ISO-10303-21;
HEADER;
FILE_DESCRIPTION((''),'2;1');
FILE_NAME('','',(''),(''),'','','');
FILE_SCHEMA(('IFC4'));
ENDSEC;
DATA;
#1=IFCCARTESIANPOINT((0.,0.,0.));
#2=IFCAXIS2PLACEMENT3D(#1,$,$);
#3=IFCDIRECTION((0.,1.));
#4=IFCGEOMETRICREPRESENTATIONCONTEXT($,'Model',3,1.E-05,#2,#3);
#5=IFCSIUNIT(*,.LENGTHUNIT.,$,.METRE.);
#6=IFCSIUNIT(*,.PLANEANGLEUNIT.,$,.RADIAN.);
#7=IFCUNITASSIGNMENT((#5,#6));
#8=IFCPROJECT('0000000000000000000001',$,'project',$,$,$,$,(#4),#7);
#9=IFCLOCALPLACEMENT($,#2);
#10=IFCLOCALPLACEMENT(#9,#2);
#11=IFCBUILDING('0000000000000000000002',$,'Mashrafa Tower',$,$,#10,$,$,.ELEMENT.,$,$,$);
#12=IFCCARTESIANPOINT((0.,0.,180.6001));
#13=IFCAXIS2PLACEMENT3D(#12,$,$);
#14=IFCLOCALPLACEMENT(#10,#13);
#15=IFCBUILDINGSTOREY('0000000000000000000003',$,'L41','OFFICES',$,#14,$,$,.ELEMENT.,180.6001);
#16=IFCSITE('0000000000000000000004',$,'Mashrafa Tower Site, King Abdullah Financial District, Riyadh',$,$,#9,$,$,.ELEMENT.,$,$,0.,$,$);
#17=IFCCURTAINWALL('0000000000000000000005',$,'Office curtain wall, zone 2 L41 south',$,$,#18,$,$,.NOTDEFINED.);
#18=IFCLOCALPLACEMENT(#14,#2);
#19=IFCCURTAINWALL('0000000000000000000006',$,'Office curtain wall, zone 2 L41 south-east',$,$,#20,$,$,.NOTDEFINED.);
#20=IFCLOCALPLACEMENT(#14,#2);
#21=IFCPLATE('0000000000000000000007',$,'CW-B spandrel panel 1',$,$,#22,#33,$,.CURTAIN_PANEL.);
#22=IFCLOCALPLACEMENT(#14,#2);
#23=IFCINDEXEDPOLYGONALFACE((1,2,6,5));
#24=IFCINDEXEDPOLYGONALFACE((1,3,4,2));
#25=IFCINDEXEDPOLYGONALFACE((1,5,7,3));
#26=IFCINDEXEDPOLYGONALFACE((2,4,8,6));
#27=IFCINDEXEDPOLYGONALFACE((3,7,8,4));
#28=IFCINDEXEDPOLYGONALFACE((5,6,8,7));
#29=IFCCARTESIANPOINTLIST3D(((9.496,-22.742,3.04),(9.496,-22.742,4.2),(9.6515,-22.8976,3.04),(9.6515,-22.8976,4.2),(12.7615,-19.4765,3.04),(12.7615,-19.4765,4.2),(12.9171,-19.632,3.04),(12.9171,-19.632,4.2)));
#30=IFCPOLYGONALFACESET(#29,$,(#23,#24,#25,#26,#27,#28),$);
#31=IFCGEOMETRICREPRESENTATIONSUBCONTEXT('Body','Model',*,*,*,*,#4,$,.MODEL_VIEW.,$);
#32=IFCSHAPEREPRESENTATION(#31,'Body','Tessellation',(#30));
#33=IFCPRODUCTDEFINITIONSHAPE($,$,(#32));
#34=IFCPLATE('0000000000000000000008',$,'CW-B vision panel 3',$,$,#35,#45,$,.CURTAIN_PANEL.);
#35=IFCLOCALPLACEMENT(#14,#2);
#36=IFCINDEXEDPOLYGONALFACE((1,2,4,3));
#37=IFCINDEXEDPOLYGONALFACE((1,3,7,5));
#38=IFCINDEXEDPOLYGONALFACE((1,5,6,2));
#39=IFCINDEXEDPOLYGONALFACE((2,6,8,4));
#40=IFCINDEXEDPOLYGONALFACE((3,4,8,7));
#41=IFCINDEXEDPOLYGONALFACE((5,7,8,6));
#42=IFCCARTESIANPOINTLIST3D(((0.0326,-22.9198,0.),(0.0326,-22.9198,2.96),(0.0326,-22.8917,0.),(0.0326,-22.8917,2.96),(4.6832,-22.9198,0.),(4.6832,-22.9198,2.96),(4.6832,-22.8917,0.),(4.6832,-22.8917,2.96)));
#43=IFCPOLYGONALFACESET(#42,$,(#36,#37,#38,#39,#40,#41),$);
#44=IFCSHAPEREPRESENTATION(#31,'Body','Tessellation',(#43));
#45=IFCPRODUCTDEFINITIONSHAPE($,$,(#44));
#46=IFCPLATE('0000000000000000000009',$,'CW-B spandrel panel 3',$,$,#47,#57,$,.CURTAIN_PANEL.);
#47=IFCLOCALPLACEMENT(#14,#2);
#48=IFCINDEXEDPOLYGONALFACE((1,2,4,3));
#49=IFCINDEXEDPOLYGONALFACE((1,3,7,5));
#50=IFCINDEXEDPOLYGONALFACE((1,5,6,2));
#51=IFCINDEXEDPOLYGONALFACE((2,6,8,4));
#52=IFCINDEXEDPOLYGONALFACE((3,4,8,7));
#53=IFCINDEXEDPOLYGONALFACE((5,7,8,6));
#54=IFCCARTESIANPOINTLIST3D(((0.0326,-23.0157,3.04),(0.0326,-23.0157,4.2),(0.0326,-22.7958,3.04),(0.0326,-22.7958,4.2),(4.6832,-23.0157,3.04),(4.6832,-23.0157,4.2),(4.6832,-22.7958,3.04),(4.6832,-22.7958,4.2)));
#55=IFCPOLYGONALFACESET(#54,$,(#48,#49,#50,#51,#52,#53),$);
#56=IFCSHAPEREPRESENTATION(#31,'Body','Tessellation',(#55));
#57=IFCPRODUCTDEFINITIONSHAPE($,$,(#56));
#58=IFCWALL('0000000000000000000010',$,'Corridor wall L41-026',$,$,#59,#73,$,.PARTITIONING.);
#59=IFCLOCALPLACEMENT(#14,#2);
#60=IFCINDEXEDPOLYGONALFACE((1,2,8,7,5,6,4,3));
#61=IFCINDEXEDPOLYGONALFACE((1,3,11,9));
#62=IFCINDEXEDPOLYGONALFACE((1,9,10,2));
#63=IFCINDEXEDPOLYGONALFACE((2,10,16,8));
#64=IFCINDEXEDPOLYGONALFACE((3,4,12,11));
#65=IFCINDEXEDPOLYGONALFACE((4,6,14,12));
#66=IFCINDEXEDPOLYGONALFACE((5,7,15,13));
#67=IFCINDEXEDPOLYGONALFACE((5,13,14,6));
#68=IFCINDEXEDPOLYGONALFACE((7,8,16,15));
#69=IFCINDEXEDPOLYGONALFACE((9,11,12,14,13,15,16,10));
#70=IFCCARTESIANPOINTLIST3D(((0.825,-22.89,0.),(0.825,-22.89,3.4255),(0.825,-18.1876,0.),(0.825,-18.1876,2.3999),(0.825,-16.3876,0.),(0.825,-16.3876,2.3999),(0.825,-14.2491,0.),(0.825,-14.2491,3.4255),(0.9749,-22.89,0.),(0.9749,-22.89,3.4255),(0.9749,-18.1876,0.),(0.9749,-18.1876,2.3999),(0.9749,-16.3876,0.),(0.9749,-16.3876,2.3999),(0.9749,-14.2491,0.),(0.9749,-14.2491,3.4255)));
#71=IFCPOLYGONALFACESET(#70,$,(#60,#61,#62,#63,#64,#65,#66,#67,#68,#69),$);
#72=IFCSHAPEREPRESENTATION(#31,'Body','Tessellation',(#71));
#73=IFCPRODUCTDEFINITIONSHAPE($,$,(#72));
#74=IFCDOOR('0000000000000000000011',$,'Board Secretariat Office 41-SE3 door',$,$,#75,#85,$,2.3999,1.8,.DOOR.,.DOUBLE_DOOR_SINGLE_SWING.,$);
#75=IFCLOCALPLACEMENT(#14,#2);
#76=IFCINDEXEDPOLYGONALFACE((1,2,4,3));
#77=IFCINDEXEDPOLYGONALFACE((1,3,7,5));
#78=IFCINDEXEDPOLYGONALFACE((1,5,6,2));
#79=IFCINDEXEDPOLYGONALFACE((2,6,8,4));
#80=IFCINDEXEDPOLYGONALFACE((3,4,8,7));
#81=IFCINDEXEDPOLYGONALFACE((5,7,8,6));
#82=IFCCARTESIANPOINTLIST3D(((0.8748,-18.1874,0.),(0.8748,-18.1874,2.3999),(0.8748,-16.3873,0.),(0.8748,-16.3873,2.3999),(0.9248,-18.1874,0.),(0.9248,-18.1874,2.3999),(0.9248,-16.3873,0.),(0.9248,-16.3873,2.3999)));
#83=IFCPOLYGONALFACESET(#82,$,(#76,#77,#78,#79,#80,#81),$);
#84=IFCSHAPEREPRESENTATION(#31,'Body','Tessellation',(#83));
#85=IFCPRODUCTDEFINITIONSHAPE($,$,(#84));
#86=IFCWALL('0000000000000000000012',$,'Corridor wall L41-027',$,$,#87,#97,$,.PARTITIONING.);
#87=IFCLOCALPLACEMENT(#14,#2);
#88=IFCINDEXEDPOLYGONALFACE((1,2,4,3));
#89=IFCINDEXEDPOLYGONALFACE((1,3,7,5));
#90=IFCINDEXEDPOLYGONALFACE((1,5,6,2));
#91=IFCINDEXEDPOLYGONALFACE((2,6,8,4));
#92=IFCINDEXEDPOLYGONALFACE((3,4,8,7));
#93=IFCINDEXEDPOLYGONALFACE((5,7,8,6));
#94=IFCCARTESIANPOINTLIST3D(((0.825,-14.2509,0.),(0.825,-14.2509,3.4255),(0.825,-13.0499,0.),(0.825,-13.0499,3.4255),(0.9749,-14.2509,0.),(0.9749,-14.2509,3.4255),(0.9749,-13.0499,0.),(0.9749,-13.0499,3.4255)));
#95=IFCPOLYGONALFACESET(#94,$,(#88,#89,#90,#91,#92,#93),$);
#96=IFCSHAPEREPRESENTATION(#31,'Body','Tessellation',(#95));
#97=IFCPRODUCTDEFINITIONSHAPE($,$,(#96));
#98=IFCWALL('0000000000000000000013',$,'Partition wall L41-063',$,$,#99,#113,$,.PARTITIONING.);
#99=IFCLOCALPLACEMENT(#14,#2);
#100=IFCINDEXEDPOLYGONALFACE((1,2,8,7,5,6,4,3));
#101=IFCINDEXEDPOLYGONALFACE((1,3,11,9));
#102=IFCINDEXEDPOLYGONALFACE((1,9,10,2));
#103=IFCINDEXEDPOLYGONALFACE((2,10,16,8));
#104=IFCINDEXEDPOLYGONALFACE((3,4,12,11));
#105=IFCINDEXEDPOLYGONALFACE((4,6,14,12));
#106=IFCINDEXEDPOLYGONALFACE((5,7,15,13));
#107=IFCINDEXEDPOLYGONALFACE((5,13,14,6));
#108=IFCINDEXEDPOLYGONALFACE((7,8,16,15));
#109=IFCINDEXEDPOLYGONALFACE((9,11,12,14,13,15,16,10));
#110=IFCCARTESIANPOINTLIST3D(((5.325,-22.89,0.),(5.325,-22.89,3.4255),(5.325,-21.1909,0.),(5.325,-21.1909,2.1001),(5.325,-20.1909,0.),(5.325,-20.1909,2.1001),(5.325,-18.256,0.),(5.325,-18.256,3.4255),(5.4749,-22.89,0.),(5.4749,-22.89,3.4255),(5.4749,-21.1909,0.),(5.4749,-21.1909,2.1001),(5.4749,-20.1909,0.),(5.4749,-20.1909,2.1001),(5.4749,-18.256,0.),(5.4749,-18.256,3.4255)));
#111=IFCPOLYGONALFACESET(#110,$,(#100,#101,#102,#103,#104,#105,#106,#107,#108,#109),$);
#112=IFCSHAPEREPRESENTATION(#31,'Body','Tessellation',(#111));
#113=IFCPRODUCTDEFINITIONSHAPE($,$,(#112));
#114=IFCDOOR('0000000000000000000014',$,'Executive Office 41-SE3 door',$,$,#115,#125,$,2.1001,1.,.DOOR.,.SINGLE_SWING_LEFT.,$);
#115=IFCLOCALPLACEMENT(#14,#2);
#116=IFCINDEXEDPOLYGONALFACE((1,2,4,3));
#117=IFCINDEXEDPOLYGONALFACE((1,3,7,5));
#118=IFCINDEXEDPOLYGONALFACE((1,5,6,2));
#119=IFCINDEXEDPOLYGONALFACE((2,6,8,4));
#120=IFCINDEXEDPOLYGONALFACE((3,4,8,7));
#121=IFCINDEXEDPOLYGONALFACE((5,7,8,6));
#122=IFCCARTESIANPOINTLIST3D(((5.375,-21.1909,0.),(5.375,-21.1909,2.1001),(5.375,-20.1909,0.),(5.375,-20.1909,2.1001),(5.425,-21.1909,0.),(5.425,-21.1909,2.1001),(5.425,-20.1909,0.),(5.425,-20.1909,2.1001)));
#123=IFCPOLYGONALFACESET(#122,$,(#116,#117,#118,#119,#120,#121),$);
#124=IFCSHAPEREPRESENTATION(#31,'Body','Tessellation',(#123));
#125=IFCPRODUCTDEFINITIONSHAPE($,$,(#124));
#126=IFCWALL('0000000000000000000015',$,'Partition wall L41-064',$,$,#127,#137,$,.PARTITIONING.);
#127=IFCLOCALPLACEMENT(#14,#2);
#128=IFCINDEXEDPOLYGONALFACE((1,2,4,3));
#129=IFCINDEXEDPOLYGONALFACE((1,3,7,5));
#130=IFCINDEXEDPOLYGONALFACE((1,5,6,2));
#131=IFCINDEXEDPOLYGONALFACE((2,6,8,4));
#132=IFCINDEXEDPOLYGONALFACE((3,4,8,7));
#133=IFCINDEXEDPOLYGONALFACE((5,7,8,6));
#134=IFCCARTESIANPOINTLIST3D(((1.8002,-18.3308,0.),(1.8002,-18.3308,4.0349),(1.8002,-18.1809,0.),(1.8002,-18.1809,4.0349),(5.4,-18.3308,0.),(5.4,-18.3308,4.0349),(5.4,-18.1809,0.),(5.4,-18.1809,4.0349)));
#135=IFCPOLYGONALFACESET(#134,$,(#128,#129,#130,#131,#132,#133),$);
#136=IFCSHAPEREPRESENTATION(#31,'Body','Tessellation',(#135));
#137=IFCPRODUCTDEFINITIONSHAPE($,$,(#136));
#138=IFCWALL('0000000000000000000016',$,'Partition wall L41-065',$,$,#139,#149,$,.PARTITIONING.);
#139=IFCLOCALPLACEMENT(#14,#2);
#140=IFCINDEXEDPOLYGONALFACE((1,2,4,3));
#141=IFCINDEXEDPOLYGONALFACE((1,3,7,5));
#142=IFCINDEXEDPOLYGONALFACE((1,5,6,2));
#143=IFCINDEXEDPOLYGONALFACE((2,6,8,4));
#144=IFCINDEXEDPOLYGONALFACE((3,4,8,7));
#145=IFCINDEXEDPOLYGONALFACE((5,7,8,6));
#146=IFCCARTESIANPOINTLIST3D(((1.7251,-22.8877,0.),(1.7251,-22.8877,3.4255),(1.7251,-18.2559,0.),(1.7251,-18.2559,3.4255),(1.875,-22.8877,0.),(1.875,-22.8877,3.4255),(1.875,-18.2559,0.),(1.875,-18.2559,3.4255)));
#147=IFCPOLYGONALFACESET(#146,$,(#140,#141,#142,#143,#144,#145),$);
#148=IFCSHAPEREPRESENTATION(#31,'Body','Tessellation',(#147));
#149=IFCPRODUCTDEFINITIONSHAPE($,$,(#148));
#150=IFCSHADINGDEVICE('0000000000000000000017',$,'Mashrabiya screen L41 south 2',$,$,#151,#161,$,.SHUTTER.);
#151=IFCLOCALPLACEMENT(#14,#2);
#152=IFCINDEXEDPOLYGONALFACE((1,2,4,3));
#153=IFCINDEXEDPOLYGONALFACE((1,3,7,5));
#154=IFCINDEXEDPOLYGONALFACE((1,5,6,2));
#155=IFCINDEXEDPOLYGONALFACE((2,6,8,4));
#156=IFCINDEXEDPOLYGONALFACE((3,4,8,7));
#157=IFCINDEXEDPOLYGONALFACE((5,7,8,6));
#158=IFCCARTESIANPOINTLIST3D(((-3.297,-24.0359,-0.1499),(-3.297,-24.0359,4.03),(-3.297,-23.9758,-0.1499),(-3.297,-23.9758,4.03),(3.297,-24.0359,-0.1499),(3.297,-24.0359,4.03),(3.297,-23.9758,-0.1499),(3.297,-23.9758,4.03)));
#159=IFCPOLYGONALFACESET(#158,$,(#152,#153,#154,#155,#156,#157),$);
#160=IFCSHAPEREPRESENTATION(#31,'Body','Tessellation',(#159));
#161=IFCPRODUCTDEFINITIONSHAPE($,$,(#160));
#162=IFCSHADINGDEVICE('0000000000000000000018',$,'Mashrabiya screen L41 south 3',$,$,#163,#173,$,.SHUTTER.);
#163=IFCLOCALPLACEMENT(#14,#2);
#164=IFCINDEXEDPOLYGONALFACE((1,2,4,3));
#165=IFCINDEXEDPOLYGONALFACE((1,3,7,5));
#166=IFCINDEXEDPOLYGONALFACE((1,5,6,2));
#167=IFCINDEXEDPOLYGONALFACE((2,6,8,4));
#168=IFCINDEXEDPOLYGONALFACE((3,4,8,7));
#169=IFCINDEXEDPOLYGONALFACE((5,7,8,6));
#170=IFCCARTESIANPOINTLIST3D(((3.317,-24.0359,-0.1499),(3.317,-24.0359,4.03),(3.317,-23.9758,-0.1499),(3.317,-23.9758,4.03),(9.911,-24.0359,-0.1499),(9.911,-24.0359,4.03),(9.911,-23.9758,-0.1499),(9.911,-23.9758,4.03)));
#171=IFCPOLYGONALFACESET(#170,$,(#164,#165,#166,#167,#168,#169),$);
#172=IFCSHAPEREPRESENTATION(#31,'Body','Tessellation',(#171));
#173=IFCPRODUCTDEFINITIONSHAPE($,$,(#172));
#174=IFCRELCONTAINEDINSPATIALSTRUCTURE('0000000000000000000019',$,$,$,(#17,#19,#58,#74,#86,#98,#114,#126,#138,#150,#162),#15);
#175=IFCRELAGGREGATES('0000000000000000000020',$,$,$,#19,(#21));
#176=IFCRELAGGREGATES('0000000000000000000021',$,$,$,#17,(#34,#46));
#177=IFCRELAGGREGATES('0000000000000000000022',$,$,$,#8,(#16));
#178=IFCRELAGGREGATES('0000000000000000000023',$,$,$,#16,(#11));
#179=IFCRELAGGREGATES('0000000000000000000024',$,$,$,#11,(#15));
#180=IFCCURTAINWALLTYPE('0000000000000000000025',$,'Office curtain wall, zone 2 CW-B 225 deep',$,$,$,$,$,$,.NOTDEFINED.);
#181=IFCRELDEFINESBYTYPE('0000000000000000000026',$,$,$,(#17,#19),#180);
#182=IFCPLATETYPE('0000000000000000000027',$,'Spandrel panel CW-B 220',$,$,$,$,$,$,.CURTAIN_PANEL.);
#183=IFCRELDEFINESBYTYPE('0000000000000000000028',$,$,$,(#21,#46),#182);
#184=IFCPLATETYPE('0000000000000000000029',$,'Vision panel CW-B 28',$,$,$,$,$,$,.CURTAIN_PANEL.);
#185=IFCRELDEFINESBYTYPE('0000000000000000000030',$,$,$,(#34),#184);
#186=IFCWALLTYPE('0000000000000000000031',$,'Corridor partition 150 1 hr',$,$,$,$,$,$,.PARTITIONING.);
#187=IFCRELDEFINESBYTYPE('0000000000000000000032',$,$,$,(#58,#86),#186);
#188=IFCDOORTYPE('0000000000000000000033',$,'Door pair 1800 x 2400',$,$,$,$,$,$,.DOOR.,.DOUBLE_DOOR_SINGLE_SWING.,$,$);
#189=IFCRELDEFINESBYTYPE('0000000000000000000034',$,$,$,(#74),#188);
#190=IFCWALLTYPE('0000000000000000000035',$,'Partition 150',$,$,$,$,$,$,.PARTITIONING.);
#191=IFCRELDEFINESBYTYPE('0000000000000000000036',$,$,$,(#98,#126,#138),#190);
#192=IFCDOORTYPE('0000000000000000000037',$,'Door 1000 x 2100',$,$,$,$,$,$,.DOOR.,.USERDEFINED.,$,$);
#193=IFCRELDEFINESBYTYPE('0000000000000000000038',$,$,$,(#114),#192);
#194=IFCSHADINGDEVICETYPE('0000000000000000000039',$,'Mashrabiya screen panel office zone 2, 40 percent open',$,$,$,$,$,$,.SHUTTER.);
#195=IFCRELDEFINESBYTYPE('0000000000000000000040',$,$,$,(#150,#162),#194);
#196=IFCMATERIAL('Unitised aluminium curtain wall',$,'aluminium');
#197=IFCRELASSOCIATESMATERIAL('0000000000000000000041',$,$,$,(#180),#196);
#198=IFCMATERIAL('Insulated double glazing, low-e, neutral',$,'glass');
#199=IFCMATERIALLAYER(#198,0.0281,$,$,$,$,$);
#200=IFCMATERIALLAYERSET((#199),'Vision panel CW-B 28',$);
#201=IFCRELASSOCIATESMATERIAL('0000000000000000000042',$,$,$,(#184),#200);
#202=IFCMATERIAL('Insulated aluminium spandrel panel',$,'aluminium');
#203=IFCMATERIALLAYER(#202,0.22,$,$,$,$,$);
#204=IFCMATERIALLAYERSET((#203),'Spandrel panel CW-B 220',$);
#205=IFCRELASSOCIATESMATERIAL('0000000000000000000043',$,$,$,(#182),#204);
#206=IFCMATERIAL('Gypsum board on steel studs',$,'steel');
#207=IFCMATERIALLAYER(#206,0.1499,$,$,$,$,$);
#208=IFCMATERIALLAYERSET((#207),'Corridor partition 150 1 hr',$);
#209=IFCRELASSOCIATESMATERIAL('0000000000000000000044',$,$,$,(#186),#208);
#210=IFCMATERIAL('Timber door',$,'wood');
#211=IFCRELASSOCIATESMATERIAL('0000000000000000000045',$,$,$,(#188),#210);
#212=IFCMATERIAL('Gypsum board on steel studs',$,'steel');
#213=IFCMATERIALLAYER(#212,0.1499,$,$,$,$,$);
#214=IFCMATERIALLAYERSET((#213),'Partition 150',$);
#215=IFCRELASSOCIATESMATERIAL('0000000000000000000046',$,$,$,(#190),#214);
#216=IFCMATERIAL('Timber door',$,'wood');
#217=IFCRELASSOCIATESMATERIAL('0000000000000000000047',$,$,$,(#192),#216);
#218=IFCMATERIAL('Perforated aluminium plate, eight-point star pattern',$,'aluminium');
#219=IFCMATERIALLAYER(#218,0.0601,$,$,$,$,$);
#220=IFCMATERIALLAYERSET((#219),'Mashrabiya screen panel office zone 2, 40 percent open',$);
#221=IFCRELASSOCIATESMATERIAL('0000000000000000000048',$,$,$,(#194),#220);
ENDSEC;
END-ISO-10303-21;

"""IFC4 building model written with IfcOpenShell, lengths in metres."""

from ifc_helpers import new_model, si_unit, direction, frame, frame_2d, origin, origin_2d, place, context, subcontext, project, spatial, rectangle, extrude, source, transform, mapped, material, layer, layer_set, type_object, type_shapes, element, fill, aggregate, save


model = new_model("IFC4")

# Units and contexts
model_context = context("Model", 3, precision=1e-05, world=origin(), true_north=direction((0.0, 1.0)))
body_context = subcontext(model_context, "Body", "Model", "MODEL_VIEW")
ifc_project = project(units=[si_unit("LENGTHUNIT", "METRE"), si_unit("PLANEANGLEUNIT", "RADIAN")], contexts=[model_context])

# Site, building, storey
site_placement = place(None, origin())
site = spatial("IfcSite", under=ifc_project, at=site_placement, Name="Mashrafa Tower Site, King Abdullah Financial District, Riyadh", CompositionType="ELEMENT", RefElevation=0.0)
building_placement = place(site_placement, origin())
building = spatial("IfcBuilding", under=site, at=building_placement, Name="Mashrafa Tower", CompositionType="ELEMENT")
storey_placement = place(building_placement, frame((0.0, 0.0, 180.6001)))
storey = spatial("IfcBuildingStorey", under=building, at=storey_placement, Name="L41", Description="OFFICES", CompositionType="ELEMENT", Elevation=180.6001)

# Curtain wall
ifc_material_1 = material(Name="Unitised aluminium curtain wall", Category="aluminium")
curtain_wall_type = type_object("IfcCurtainWallType", Name="Office curtain wall, zone 2 CW-B 225 deep", PredefinedType="NOTDEFINED", material=ifc_material_1)
curtain_wall_1_placement = place(storey_placement, origin())
curtain_wall_1 = element("IfcCurtainWall", 1, at=curtain_wall_1_placement, inside=storey, type_object=curtain_wall_type, Name="Office curtain wall, zone 2 L41 south", PredefinedType="NOTDEFINED")

# Curtain wall
curtain_wall_2_placement = place(storey_placement, origin())
curtain_wall_2 = element("IfcCurtainWall", 2, at=curtain_wall_2_placement, inside=storey, type_object=curtain_wall_type, Name="Office curtain wall, zone 2 L41 south-east", PredefinedType="NOTDEFINED")

# Plates
ifc_material_2 = material(Name="Insulated double glazing, low-e, neutral", Category="glass")
ifc_layer_1 = layer(ifc_material_2, 0.0281)
ifc_layer_set_1 = layer_set([ifc_layer_1], Name="Vision panel CW-B 28")
plate_type_1 = type_object("IfcPlateType", Name="Vision panel CW-B 28", PredefinedType="CURTAIN_PANEL", material=ifc_layer_set_1)
ifc_material_3 = material(Name="Insulated aluminium spandrel panel", Category="aluminium")
ifc_layer_2 = layer(ifc_material_3, 0.22)
ifc_layer_set_2 = layer_set([ifc_layer_2], Name="Spandrel panel CW-B 220")
plate_type_2 = type_object("IfcPlateType", Name="Spandrel panel CW-B 220", PredefinedType="CURTAIN_PANEL", material=ifc_layer_set_2)
shared_shape_1 = source(origin(), body_context, "Body", "SweptSolid", [
    extrude(rectangle(XDim=4.6182, YDim=0.22, at=origin_2d()), origin(), (0.0, 0.0, 1.0), 1.1599),
])
plate_1_placement = place(storey_placement, frame((11.2065, -21.187, 3.04), z_axis=(0.0, 0.0, 1.0), x_axis=(0.707107, 0.707107, 0.0)))
plate_1 = element("IfcPlate", 3, at=plate_1_placement, type_object=plate_type_2, Name="CW-B spandrel panel 1", PredefinedType="CURTAIN_PANEL", context=body_context, shape_type="MappedRepresentation", body=[
    mapped(shared_shape_1, transform((0.0, 0.0, 0.0))),
])
aggregate(curtain_wall_2, [plate_1])
shared_shape_2 = source(origin(), body_context, "Body", "SweptSolid", [
    extrude(rectangle(XDim=4.6506, YDim=0.0281, at=origin_2d()), origin(), (0.0, 0.0, 1.0), 2.96),
])
plate_2_placement = place(storey_placement, frame((2.3579, -22.9058, 0.0), z_axis=(0.0, 0.0, 1.0), x_axis=(1.0, 0.0, 0.0)))
plate_2 = element("IfcPlate", 4, at=plate_2_placement, type_object=plate_type_1, Name="CW-B vision panel 3", PredefinedType="CURTAIN_PANEL", context=body_context, shape_type="MappedRepresentation", body=[
    mapped(shared_shape_2, transform((0.0, 0.0, 0.0))),
])
shared_shape_3 = source(origin(), body_context, "Body", "SweptSolid", [
    extrude(rectangle(XDim=4.6506, YDim=0.22, at=origin_2d()), origin(), (0.0, 0.0, 1.0), 1.1599),
])
type_shapes(plate_type_2, [shared_shape_1, shared_shape_3])
plate_3_placement = place(storey_placement, frame((2.3579, -22.9058, 3.04), z_axis=(0.0, 0.0, 1.0), x_axis=(1.0, 0.0, 0.0)))
plate_3 = element("IfcPlate", 5, at=plate_3_placement, type_object=plate_type_2, Name="CW-B spandrel panel 3", PredefinedType="CURTAIN_PANEL", context=body_context, shape_type="MappedRepresentation", body=[
    mapped(shared_shape_3, transform((0.0, 0.0, 0.0))),
])
aggregate(curtain_wall_1, [plate_2, plate_3])

# Wall, opening, door
ifc_material_4 = material(Name="Gypsum board on steel studs", Category="steel")
ifc_layer_3 = layer(ifc_material_4, 0.1499)
ifc_layer_set_3 = layer_set([ifc_layer_3], Name="Corridor partition 150 1 hr")
wall_type_1 = type_object("IfcWallType", Name="Corridor partition 150 1 hr", PredefinedType="PARTITIONING", material=ifc_layer_set_3)
wall_1_placement = place(storey_placement, frame((0.8999, -22.8899, 0.0), z_axis=(0.0, 0.0, 1.0), x_axis=(0.0, 1.0, 0.0)))
wall_1 = element("IfcWall", 6, at=wall_1_placement, inside=storey, type_object=wall_type_1, Name="Corridor wall L41-026", PredefinedType="PARTITIONING", context=body_context, shape_type="SweptSolid", body=[
    extrude(rectangle(XDim=8.6409, YDim=0.1499, at=frame_2d((4.3203, 0.0))), origin(), (0.0, 0.0, 1.0), 3.4255),
])
opening_1_placement = place(wall_1_placement, frame((4.7024, 0.0, 0.0)))
opening_1 = element("IfcOpeningElement", 7, at=opening_1_placement, cuts=wall_1, PredefinedType="OPENING", context=body_context, shape_type="SweptSolid", body=[
    extrude(rectangle(XDim=1.8, YDim=2.3999, at=frame_2d((0.8999, 1.2))), frame((0.0, 0.085, 0.0), z_axis=(0.0, -1.0, 0.0), x_axis=(1.0, 0.0, 0.0)), (0.0, 0.0, 1.0), 0.1699),
])
ifc_material_5 = material(Name="Timber door", Category="wood")
door_type_1 = type_object("IfcDoorType", Name="Door pair 1800 x 2400", OperationType="DOUBLE_DOOR_SINGLE_SWING", PredefinedType="DOOR", material=ifc_material_5)
door_1_placement = place(opening_1_placement, frame((1.8, 0.0, 0.0), z_axis=(0.0, 0.0, 1.0), x_axis=(-1.0, 0.0, 0.0)))
door_1 = element("IfcDoor", 8, at=door_1_placement, inside=storey, type_object=door_type_1, Name="Board Secretariat Office 41-SE3 door", OperationType="DOUBLE_DOOR_SINGLE_SWING", OverallHeight=2.3999, OverallWidth=1.8, PredefinedType="DOOR", context=body_context, shape_type="SweptSolid", body=[
    extrude(rectangle(XDim=1.8, YDim=2.3999, at=frame_2d((0.8999, 1.2))), frame((0.0, 0.0249, 0.0), z_axis=(0.0, -1.0, 0.0), x_axis=(1.0, 0.0, 0.0)), (0.0, 0.0, 1.0), 0.05),
])
fill(opening_1, door_1)

# Wall
wall_2_placement = place(storey_placement, frame((0.8999, -14.251, 0.0), z_axis=(0.0, 0.0, 1.0), x_axis=(0.0, 1.0, 0.0)))
element("IfcWall", 9, at=wall_2_placement, inside=storey, type_object=wall_type_1, Name="Corridor wall L41-027", PredefinedType="PARTITIONING", context=body_context, shape_type="SweptSolid", body=[
    extrude(rectangle(XDim=1.2009, YDim=0.1499, at=frame_2d((0.6006, 0.0))), origin(), (0.0, 0.0, 1.0), 3.4255),
])

# Wall, opening, door
ifc_material_6 = material(Name="Gypsum board on steel studs", Category="steel")
ifc_layer_4 = layer(ifc_material_6, 0.1499)
ifc_layer_set_4 = layer_set([ifc_layer_4], Name="Partition 150")
wall_type_2 = type_object("IfcWallType", Name="Partition 150", PredefinedType="PARTITIONING", material=ifc_layer_set_4)
wall_3_placement = place(storey_placement, frame((5.3999, -22.8899, 0.0), z_axis=(0.0, 0.0, 1.0), x_axis=(0.0, 1.0, 0.0)))
wall_3 = element("IfcWall", 10, at=wall_3_placement, inside=storey, type_object=wall_type_2, Name="Partition wall L41-063", PredefinedType="PARTITIONING", context=body_context, shape_type="SweptSolid", body=[
    extrude(rectangle(XDim=4.634, YDim=0.1499, at=frame_2d((2.3169, 0.0))), origin(), (0.0, 0.0, 1.0), 3.4255),
])
opening_2_placement = place(wall_3_placement, frame((1.699, 0.0, 0.0)))
opening_2 = element("IfcOpeningElement", 11, at=opening_2_placement, cuts=wall_3, PredefinedType="OPENING", context=body_context, shape_type="SweptSolid", body=[
    extrude(rectangle(XDim=1.0, YDim=2.1001, at=frame_2d((0.5, 1.05))), frame((0.0, 0.085, 0.0), z_axis=(0.0, -1.0, 0.0), x_axis=(1.0, 0.0, 0.0)), (0.0, 0.0, 1.0), 0.1699),
])
ifc_material_7 = material(Name="Timber door", Category="wood")
door_type_2 = type_object("IfcDoorType", Name="Door 1000 x 2100", OperationType="USERDEFINED", PredefinedType="DOOR", material=ifc_material_7)
door_2_placement = place(opening_2_placement, origin())
door_2 = element("IfcDoor", 12, at=door_2_placement, inside=storey, type_object=door_type_2, Name="Executive Office 41-SE3 door", OperationType="SINGLE_SWING_LEFT", OverallHeight=2.1001, OverallWidth=1.0, PredefinedType="DOOR", context=body_context, shape_type="SweptSolid", body=[
    extrude(rectangle(XDim=1.0, YDim=2.1001, at=frame_2d((0.5, 1.05))), frame((0.0, 0.0249, 0.0), z_axis=(0.0, -1.0, 0.0), x_axis=(1.0, 0.0, 0.0)), (0.0, 0.0, 1.0), 0.05),
])
fill(opening_2, door_2)

# Walls
wall_4_placement = place(storey_placement, frame((5.3999, -18.2559, 0.0), z_axis=(0.0, 0.0, 1.0), x_axis=(-1.0, 0.0, 0.0)))
element("IfcWall", 13, at=wall_4_placement, inside=storey, type_object=wall_type_2, Name="Partition wall L41-064", PredefinedType="PARTITIONING", context=body_context, shape_type="SweptSolid", body=[
    extrude(rectangle(XDim=3.5999, YDim=0.1499, at=frame_2d((1.7998, 0.0))), origin(), (0.0, 0.0, 1.0), 4.0349),
])
wall_5_placement = place(storey_placement, frame((1.8, -18.2559, 0.0), z_axis=(0.0, 0.0, 1.0), x_axis=(0.0, -1.0, 0.0)))
element("IfcWall", 14, at=wall_5_placement, inside=storey, type_object=wall_type_2, Name="Partition wall L41-065", PredefinedType="PARTITIONING", context=body_context, shape_type="SweptSolid", body=[
    extrude(rectangle(XDim=4.6318, YDim=0.1499, at=frame_2d((2.3159, 0.0))), origin(), (0.0, 0.0, 1.0), 3.4255),
])

# Shading devices
ifc_material_8 = material(Name="Perforated aluminium plate, eight-point star pattern", Category="aluminium")
ifc_layer_5 = layer(ifc_material_8, 0.0601)
ifc_layer_set_5 = layer_set([ifc_layer_5], Name="Mashrabiya screen panel office zone 2, 40 percent open")
shading_device_type = type_object("IfcShadingDeviceType", Name="Mashrabiya screen panel office zone 2, 40 percent open", PredefinedType="SHUTTER", material=ifc_layer_set_5)
shared_shape_4 = source(origin(), body_context, "Body", "SweptSolid", [
    extrude(rectangle(XDim=6.594, YDim=0.0601, at=origin_2d()), origin(), (0.0, 0.0, 1.0), 4.1799),
])
type_shapes(shading_device_type, [shared_shape_4])
for number, where, z_axis, x_axis, name in (
    (15, (0.0, -24.0059, -0.1499), (0.0, 0.0, 1.0), (1.0, 0.0, 0.0), "Mashrabiya screen L41 south 2"),
    (16, (6.614, -24.0059, -0.1499), (0.0, 0.0, 1.0), (1.0, 0.0, 0.0), "Mashrabiya screen L41 south 3"),
):
    element("IfcShadingDevice", number, at=place(storey_placement, frame(where, z_axis=z_axis, x_axis=x_axis)), inside=storey, type_object=shading_device_type, Name=name, PredefinedType="SHUTTER", context=body_context, shape_type="MappedRepresentation", body=[
        mapped(shared_shape_4, transform((0.0, 0.0, 0.0))),
    ])

save(model, "model.ifc")
